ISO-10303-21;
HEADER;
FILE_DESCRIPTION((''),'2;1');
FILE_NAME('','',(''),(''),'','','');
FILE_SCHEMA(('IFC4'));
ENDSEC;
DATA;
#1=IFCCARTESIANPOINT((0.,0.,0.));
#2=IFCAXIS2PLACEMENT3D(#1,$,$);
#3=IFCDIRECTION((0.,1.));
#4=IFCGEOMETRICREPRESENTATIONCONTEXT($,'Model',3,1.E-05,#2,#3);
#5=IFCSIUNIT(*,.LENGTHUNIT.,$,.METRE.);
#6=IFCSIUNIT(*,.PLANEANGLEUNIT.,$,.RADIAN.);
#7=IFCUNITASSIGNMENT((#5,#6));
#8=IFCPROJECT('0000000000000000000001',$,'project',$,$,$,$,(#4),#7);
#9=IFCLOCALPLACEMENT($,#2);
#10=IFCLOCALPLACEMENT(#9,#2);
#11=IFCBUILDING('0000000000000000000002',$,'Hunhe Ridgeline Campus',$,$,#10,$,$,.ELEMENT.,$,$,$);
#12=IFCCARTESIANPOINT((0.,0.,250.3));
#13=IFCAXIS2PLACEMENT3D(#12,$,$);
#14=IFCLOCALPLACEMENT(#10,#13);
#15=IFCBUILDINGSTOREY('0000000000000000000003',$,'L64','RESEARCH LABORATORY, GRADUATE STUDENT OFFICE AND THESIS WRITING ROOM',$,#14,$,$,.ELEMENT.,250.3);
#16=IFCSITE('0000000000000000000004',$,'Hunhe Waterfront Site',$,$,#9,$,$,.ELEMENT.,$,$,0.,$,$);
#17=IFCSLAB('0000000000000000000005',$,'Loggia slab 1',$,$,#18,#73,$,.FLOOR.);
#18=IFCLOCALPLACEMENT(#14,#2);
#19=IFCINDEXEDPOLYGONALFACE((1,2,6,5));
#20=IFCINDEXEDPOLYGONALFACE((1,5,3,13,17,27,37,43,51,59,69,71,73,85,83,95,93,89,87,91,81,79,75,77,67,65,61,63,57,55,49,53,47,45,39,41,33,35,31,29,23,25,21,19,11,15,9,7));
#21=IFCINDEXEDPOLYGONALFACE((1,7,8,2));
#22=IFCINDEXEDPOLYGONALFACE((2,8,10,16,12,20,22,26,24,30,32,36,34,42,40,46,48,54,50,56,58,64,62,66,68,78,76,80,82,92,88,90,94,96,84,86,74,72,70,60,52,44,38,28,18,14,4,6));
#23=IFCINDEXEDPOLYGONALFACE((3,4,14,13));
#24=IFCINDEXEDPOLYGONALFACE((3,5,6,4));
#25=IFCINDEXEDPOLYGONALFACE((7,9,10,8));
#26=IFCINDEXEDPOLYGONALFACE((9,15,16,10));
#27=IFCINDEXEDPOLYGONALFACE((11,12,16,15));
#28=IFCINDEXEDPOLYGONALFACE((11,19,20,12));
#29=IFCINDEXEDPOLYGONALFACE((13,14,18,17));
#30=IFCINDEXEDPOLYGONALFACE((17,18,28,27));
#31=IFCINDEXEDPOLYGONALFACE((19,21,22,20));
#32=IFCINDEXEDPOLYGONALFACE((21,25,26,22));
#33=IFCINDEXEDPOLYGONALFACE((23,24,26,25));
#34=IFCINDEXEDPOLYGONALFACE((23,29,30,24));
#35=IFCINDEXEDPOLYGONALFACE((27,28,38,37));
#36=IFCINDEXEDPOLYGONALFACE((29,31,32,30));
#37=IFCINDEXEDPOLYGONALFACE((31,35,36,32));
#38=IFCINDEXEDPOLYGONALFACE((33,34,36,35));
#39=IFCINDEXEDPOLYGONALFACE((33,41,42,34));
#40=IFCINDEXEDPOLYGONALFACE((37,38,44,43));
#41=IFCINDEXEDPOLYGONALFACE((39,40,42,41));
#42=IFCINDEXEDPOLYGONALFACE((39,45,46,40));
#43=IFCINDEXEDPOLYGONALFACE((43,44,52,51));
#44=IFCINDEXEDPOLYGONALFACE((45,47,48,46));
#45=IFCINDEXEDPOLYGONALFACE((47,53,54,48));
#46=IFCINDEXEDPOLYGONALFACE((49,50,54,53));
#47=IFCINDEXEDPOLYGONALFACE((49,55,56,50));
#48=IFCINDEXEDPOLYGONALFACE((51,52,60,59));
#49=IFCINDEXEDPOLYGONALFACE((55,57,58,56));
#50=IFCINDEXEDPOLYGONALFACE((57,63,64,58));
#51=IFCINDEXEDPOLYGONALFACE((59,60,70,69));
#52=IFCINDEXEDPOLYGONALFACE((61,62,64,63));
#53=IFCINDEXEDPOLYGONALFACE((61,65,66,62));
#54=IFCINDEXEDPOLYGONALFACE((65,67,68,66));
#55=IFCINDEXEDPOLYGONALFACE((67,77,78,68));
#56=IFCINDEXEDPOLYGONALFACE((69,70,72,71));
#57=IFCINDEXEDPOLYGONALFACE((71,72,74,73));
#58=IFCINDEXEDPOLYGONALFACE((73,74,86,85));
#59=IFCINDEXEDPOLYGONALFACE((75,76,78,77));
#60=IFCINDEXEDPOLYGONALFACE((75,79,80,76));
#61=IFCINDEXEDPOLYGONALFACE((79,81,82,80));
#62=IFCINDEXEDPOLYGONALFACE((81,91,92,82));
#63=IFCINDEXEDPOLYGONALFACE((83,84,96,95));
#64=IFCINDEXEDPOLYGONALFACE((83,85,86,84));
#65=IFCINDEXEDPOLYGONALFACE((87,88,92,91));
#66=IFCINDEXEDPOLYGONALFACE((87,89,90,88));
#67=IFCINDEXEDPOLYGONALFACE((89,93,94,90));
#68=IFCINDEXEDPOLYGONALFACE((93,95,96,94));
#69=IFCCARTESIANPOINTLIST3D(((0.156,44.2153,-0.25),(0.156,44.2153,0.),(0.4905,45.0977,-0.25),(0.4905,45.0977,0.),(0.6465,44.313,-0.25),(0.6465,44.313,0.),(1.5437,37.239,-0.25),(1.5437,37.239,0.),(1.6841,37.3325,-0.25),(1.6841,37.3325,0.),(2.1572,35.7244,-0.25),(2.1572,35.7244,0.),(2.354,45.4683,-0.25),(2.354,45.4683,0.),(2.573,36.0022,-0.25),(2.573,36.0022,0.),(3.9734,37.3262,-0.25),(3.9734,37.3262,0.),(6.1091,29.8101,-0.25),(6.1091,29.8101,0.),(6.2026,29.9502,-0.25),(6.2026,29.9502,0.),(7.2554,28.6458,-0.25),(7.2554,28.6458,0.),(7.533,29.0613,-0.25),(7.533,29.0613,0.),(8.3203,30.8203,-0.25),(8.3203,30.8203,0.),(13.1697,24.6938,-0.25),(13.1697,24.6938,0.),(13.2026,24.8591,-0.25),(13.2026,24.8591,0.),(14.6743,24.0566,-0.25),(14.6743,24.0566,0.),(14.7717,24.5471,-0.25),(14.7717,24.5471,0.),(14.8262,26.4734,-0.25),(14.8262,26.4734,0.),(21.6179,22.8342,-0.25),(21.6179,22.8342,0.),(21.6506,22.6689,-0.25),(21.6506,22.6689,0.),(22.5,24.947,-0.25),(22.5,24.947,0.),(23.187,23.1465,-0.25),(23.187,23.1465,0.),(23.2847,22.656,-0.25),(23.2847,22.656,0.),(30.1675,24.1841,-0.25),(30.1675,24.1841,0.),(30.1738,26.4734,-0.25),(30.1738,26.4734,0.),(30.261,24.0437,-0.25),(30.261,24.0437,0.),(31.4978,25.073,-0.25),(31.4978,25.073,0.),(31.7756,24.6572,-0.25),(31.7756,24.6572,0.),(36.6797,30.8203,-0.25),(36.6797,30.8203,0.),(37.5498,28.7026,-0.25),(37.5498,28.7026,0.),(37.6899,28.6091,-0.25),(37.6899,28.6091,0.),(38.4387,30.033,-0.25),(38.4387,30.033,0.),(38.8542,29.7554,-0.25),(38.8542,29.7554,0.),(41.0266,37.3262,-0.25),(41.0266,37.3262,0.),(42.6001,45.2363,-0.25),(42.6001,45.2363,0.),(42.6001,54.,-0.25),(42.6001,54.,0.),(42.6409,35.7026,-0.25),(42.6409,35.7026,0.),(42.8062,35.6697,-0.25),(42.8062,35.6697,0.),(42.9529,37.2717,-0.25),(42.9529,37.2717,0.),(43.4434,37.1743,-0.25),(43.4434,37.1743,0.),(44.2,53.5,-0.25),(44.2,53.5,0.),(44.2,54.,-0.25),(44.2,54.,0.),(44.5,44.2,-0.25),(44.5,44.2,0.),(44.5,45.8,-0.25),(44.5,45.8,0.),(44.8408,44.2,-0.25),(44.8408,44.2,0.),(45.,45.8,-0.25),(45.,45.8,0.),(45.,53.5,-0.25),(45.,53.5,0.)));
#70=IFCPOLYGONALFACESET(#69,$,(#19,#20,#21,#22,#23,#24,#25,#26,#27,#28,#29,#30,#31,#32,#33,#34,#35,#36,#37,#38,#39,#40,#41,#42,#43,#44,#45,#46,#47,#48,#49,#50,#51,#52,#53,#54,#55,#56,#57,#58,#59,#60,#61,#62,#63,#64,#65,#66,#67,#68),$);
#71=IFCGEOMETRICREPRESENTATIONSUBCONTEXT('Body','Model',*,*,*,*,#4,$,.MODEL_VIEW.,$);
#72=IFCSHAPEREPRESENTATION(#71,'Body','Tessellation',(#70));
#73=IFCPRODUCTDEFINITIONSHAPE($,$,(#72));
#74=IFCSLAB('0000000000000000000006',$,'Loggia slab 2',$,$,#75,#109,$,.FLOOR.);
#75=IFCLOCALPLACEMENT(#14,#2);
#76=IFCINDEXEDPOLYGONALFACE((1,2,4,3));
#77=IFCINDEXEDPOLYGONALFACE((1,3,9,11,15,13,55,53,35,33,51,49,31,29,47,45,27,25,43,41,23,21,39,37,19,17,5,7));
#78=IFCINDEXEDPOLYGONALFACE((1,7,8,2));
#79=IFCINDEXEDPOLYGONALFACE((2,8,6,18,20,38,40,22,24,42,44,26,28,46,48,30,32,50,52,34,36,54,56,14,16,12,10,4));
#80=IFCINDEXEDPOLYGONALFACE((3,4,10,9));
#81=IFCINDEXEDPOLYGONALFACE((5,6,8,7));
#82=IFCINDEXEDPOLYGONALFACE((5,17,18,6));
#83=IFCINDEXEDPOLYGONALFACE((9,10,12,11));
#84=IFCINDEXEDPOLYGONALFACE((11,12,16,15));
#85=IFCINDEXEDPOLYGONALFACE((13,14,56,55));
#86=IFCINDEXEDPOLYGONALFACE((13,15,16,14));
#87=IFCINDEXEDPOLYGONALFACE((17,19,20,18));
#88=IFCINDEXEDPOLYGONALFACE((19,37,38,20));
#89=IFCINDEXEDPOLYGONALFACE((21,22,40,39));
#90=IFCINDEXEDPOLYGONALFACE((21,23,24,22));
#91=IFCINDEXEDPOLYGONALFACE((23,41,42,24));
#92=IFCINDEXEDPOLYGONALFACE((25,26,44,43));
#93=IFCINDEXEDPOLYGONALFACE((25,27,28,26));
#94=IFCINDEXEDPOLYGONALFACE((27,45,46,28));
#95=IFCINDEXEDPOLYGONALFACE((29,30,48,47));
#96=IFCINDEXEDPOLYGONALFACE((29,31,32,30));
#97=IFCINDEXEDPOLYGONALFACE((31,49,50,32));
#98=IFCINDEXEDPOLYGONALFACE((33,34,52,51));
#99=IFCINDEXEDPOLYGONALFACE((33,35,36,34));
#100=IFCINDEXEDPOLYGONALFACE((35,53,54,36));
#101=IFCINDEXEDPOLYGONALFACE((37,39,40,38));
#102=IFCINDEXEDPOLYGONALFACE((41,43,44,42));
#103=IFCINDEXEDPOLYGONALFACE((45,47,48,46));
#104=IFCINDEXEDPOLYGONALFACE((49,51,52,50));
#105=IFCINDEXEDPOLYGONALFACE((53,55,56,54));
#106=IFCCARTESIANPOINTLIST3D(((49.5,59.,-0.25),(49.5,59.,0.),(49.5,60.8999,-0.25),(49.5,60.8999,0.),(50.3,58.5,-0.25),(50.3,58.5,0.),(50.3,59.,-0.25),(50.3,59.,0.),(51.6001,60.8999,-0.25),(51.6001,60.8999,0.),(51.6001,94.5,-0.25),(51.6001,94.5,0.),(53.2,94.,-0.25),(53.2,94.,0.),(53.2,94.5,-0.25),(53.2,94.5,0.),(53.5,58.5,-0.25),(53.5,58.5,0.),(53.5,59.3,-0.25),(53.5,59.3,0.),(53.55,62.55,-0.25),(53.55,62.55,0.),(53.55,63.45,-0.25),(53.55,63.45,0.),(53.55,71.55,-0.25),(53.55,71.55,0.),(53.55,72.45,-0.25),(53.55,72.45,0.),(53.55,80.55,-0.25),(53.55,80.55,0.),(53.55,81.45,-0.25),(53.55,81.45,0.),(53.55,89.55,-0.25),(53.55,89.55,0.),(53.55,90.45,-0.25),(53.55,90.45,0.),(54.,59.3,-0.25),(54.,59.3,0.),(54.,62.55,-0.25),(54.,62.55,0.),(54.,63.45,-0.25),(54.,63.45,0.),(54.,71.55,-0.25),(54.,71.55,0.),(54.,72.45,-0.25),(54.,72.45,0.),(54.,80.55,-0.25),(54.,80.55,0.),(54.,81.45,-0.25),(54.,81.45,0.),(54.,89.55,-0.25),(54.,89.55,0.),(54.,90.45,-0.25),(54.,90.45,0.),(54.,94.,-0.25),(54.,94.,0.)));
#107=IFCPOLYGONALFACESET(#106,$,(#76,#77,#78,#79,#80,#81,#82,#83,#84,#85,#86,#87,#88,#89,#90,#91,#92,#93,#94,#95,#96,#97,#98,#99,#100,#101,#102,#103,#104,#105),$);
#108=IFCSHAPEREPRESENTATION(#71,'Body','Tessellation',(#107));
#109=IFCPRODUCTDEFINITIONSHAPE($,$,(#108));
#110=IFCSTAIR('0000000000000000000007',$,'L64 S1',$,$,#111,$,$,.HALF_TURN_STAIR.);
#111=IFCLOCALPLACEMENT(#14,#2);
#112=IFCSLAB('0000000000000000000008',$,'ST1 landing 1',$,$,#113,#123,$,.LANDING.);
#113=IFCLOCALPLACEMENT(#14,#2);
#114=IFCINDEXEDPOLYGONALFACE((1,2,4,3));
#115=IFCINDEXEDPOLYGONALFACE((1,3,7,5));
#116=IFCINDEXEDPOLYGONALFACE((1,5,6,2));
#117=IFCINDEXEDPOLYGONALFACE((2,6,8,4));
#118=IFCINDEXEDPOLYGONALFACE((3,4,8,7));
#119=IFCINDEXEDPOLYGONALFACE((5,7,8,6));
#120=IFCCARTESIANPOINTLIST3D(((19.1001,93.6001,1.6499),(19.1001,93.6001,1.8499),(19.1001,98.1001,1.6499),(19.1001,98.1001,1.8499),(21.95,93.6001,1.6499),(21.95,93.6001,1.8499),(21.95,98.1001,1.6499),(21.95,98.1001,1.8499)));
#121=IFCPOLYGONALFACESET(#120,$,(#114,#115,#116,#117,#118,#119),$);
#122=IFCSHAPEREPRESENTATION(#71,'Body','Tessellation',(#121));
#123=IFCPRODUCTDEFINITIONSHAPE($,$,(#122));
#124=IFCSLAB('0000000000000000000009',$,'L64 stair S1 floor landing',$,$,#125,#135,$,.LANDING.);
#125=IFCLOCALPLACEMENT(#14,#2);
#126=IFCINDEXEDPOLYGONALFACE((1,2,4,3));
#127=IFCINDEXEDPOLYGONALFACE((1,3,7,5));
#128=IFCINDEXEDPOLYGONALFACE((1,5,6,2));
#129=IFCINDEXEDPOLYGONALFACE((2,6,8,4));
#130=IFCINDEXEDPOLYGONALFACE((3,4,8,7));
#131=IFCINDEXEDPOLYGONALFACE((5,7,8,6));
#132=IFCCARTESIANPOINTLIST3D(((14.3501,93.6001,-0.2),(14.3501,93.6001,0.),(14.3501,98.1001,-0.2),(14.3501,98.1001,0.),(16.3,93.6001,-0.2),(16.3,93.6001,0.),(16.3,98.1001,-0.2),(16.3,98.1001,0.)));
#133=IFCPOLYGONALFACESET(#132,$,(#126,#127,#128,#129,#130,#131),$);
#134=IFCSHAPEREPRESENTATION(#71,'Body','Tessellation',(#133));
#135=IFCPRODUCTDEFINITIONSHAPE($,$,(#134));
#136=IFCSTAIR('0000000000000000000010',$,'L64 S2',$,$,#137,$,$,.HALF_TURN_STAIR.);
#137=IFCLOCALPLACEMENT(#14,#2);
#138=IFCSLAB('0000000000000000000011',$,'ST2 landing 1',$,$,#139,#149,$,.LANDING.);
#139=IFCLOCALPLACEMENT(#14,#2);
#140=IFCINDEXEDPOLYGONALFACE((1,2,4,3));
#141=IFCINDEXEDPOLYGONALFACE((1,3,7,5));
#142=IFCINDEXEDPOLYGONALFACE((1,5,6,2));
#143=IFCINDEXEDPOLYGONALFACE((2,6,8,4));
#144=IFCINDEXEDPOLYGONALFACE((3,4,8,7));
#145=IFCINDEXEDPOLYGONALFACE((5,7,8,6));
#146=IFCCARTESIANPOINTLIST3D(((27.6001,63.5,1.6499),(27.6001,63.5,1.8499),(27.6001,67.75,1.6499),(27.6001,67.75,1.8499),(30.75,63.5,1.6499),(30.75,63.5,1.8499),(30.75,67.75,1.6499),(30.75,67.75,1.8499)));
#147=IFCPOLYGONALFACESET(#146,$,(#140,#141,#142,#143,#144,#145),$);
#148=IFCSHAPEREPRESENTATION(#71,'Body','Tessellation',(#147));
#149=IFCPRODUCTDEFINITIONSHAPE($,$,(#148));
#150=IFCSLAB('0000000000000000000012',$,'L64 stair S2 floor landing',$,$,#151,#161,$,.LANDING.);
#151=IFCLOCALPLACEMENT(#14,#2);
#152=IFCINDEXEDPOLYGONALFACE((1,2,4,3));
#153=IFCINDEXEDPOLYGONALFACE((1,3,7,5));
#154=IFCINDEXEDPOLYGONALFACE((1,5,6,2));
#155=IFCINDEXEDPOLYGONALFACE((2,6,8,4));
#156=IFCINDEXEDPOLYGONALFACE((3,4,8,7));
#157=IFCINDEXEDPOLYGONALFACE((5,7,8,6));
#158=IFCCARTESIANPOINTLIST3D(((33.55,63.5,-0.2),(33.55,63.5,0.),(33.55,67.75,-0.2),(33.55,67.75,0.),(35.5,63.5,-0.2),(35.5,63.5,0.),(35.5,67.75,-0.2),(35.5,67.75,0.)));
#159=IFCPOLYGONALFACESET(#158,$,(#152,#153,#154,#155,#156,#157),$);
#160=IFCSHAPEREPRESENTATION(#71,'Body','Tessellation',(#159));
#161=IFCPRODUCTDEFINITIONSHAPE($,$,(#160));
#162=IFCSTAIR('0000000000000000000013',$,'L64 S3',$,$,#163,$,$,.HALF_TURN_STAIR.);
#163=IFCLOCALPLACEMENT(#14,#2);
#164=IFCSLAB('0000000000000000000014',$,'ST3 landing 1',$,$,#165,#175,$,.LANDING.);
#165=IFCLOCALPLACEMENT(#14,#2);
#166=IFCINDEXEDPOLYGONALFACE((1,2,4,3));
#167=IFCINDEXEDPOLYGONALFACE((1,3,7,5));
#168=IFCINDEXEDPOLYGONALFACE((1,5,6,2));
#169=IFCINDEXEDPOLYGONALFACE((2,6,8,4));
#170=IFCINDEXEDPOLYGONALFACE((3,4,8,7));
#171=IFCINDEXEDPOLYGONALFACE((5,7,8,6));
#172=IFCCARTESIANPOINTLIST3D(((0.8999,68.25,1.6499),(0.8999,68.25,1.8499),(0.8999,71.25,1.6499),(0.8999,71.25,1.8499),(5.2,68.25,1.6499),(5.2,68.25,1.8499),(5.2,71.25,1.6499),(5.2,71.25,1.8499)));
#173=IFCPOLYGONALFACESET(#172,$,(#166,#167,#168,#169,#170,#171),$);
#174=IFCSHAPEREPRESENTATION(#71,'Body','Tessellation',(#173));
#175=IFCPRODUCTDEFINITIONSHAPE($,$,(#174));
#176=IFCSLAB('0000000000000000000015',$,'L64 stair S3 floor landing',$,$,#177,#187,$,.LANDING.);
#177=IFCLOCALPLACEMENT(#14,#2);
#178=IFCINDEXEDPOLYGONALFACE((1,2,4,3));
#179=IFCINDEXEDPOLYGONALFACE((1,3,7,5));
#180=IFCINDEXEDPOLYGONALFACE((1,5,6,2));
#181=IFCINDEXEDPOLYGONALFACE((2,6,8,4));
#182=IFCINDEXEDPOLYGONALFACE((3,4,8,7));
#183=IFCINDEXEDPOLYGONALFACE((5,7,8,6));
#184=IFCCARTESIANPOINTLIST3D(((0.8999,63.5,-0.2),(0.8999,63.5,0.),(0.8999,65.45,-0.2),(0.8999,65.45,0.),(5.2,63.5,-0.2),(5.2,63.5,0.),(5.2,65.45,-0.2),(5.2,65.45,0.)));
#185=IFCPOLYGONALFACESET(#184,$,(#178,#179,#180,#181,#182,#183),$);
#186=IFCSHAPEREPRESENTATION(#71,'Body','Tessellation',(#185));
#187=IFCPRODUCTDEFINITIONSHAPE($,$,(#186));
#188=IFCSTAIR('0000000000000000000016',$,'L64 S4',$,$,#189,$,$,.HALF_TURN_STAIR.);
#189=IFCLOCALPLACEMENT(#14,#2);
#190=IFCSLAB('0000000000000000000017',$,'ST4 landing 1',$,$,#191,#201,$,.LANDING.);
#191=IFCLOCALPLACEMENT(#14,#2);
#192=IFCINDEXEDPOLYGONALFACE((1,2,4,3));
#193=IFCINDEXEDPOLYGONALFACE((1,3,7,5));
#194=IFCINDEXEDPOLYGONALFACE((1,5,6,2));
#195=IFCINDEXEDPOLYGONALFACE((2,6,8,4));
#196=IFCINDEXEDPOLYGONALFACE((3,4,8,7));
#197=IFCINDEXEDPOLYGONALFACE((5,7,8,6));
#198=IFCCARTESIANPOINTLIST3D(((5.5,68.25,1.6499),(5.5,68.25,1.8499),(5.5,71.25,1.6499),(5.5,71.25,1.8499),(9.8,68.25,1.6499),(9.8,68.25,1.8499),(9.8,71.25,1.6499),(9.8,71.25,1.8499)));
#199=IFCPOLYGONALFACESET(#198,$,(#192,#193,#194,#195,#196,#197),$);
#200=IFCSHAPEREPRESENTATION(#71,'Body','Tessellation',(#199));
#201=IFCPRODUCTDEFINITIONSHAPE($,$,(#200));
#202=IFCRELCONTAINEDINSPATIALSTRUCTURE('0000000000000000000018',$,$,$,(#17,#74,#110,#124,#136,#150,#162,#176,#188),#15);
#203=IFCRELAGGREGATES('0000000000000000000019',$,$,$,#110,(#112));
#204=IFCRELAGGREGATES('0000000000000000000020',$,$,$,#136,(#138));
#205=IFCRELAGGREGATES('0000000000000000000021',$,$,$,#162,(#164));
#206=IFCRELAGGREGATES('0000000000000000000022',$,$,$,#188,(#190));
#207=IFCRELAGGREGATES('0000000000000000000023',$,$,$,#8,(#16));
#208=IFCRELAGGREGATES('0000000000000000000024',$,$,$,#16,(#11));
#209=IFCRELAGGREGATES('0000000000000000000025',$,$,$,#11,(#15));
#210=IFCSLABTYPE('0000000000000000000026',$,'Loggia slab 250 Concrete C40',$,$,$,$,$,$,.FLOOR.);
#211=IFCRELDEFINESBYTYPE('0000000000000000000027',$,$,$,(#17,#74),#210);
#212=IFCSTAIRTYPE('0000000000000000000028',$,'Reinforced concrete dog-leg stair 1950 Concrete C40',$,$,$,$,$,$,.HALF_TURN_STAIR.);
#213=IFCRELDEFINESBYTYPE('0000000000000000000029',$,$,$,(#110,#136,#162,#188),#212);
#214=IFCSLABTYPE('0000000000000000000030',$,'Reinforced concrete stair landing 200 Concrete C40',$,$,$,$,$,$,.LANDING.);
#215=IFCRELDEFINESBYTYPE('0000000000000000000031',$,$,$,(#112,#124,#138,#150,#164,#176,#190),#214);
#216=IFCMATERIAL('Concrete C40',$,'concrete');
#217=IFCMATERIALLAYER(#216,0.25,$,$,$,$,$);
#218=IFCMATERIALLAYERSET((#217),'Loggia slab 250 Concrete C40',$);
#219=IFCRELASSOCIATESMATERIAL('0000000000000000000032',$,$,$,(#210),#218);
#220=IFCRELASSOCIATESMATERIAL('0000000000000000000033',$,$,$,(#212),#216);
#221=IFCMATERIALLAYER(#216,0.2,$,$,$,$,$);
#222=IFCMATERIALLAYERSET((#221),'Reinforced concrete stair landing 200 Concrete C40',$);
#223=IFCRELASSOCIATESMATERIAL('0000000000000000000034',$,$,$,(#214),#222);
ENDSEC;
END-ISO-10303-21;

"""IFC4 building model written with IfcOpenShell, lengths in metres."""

from ifc_helpers import new_model, si_unit, direction, frame, origin, place, context, subcontext, project, spatial, polyline, outline, extrude, material, layer, layer_set, type_object, element, aggregate, save


model = new_model("IFC4")

# Units and contexts
model_context = context("Model", 3, precision=1e-05, world=origin(), true_north=direction((0.0, 1.0)))
body_context = subcontext(model_context, "Body", "Model", "MODEL_VIEW")
ifc_project = project(units=[si_unit("LENGTHUNIT", "METRE"), si_unit("PLANEANGLEUNIT", "RADIAN")], contexts=[model_context])

# Site, building, storey
site_placement = place(None, origin())
site = spatial("IfcSite", under=ifc_project, at=site_placement, Name="Hunhe Waterfront Site", CompositionType="ELEMENT", RefElevation=0.0)
building_placement = place(site_placement, origin())
building = spatial("IfcBuilding", under=site, at=building_placement, Name="Hunhe Ridgeline Campus", CompositionType="ELEMENT")
storey_placement = place(building_placement, frame((0.0, 0.0, 250.3)))
storey = spatial("IfcBuildingStorey", under=building, at=storey_placement, Name="L64", Description="RESEARCH LABORATORY, GRADUATE STUDENT OFFICE AND THESIS WRITING ROOM", CompositionType="ELEMENT", Elevation=250.3)

# Slabs
ifc_material_1 = material(Name="Concrete C40", Category="concrete")
ifc_layer_1 = layer(ifc_material_1, 0.25)
ifc_layer_set_1 = layer_set([ifc_layer_1], Name="Loggia slab 250 Concrete C40")
slab_type_1 = type_object("IfcSlabType", Name="Loggia slab 250 Concrete C40", PredefinedType="FLOOR", material=ifc_layer_set_1)
slab_1_placement = place(storey_placement, frame((0.0, 0.0, -0.25)))
element("IfcSlab", 1, at=slab_1_placement, inside=storey, type_object=slab_type_1, Name="Loggia slab 1", PredefinedType="FLOOR", context=body_context, shape_type="SweptSolid", body=[
    extrude(outline(polyline([(30.1738, 26.4734), (22.5, 24.947), (14.8262, 26.4734), (8.3203, 30.8203), (3.9734, 37.3262), (2.354, 45.4683), (0.4905, 45.0977), (0.6465, 44.313), (0.156, 44.2153), (1.5437, 37.239), (1.6841, 37.3325), (2.573, 36.0022), (2.1572, 35.7244), (6.1091, 29.8101), (6.2026, 29.9502), (7.533, 29.0613), (7.2554, 28.6458), (13.1697, 24.6938), (13.2026, 24.8591), (14.7717, 24.5471), (14.6743, 24.0566), (21.6506, 22.6689), (21.6179, 22.8342), (23.187, 23.1465), (23.2847, 22.656), (30.261, 24.0437), (30.1675, 24.1841), (31.4978, 25.073), (31.7756, 24.6572), (37.6899, 28.6091), (37.5498, 28.7026), (38.4387, 30.033), (38.8542, 29.7554), (42.8062, 35.6697), (42.6409, 35.7026), (42.9529, 37.2717), (43.4434, 37.1743), (44.8408, 44.2), (44.5, 44.2), (44.5, 45.8), (45.0, 45.8), (45.0, 53.5), (44.2, 53.5), (44.2, 54.0), (42.6001, 54.0), (42.6001, 45.2363), (41.0266, 37.3262), (36.6797, 30.8203), (30.1738, 26.4734)])), origin(), (0.0, 0.0, 1.0), 0.25),
])
slab_2_placement = place(storey_placement, frame((0.0, 0.0, -0.25)))
element("IfcSlab", 2, at=slab_2_placement, inside=storey, type_object=slab_type_1, Name="Loggia slab 2", PredefinedType="FLOOR", context=body_context, shape_type="SweptSolid", body=[
    extrude(outline(polyline([(49.5, 59.0), (50.3, 59.0), (50.3, 58.5), (53.5, 58.5), (53.5, 59.3), (54.0, 59.3), (54.0, 62.55), (53.55, 62.55), (53.55, 63.45), (54.0, 63.45), (54.0, 71.55), (53.55, 71.55), (53.55, 72.45), (54.0, 72.45), (54.0, 80.55), (53.55, 80.55), (53.55, 81.45), (54.0, 81.45), (54.0, 89.55), (53.55, 89.55), (53.55, 90.45), (54.0, 90.45), (54.0, 94.0), (53.2, 94.0), (53.2, 94.5), (51.6001, 94.5), (51.6001, 60.8999), (49.5, 60.8999), (49.5, 59.0)])), origin(), (0.0, 0.0, 1.0), 0.25),
])

# Stair, slab
stair_type = type_object("IfcStairType", Name="Reinforced concrete dog-leg stair 1950 Concrete C40", PredefinedType="HALF_TURN_STAIR", material=ifc_material_1)
stair_1_placement = place(storey_placement, origin())
stair_1 = element("IfcStair", 3, at=stair_1_placement, inside=storey, type_object=stair_type, Name="L64 S1", PredefinedType="HALF_TURN_STAIR")
ifc_layer_2 = layer(ifc_material_1, 0.2)
ifc_layer_set_2 = layer_set([ifc_layer_2], Name="Reinforced concrete stair landing 200 Concrete C40")
slab_type_2 = type_object("IfcSlabType", Name="Reinforced concrete stair landing 200 Concrete C40", PredefinedType="LANDING", material=ifc_layer_set_2)
slab_3_placement = place(storey_placement, frame((0.0, 0.0, 1.6499)))
slab_3 = element("IfcSlab", 4, at=slab_3_placement, type_object=slab_type_2, Name="ST1 landing 1", PredefinedType="LANDING", context=body_context, shape_type="SweptSolid", body=[
    extrude(outline(polyline([(19.1001, 93.6001), (21.95, 93.6001), (21.95, 98.1001), (19.1001, 98.1001), (19.1001, 93.6001)])), origin(), (0.0, 0.0, 1.0), 0.2),
])
aggregate(stair_1, [slab_3])

# Slab
slab_4_placement = place(storey_placement, frame((0.0, 0.0, -0.2)))
element("IfcSlab", 5, at=slab_4_placement, inside=storey, type_object=slab_type_2, Name="L64 stair S1 floor landing", PredefinedType="LANDING", context=body_context, shape_type="SweptSolid", body=[
    extrude(outline(polyline([(14.3501, 93.6001), (16.3, 93.6001), (16.3, 98.1001), (14.3501, 98.1001), (14.3501, 93.6001)])), origin(), (0.0, 0.0, 1.0), 0.2),
])

# Stair, slab
stair_2_placement = place(storey_placement, origin())
stair_2 = element("IfcStair", 6, at=stair_2_placement, inside=storey, type_object=stair_type, Name="L64 S2", PredefinedType="HALF_TURN_STAIR")
slab_5_placement = place(storey_placement, frame((0.0, 0.0, 1.6499)))
slab_5 = element("IfcSlab", 7, at=slab_5_placement, type_object=slab_type_2, Name="ST2 landing 1", PredefinedType="LANDING", context=body_context, shape_type="SweptSolid", body=[
    extrude(outline(polyline([(30.75, 67.75), (27.6001, 67.75), (27.6001, 63.5), (30.75, 63.5), (30.75, 67.75)])), origin(), (0.0, 0.0, 1.0), 0.2),
])
aggregate(stair_2, [slab_5])

# Slab
slab_6_placement = place(storey_placement, frame((0.0, 0.0, -0.2)))
element("IfcSlab", 8, at=slab_6_placement, inside=storey, type_object=slab_type_2, Name="L64 stair S2 floor landing", PredefinedType="LANDING", context=body_context, shape_type="SweptSolid", body=[
    extrude(outline(polyline([(35.5, 67.75), (33.55, 67.75), (33.55, 63.5), (35.5, 63.5), (35.5, 67.75)])), origin(), (0.0, 0.0, 1.0), 0.2),
])

# Stair, slab
stair_3_placement = place(storey_placement, origin())
stair_3 = element("IfcStair", 9, at=stair_3_placement, inside=storey, type_object=stair_type, Name="L64 S3", PredefinedType="HALF_TURN_STAIR")
slab_7_placement = place(storey_placement, frame((0.0, 0.0, 1.6499)))
slab_7 = element("IfcSlab", 10, at=slab_7_placement, type_object=slab_type_2, Name="ST3 landing 1", PredefinedType="LANDING", context=body_context, shape_type="SweptSolid", body=[
    extrude(outline(polyline([(5.2, 68.25), (5.2, 71.25), (0.8999, 71.25), (0.8999, 68.25), (5.2, 68.25)])), origin(), (0.0, 0.0, 1.0), 0.2),
])
aggregate(stair_3, [slab_7])

# Slab
slab_8_placement = place(storey_placement, frame((0.0, 0.0, -0.2)))
element("IfcSlab", 11, at=slab_8_placement, inside=storey, type_object=slab_type_2, Name="L64 stair S3 floor landing", PredefinedType="LANDING", context=body_context, shape_type="SweptSolid", body=[
    extrude(outline(polyline([(5.2, 63.5), (5.2, 65.45), (0.8999, 65.45), (0.8999, 63.5), (5.2, 63.5)])), origin(), (0.0, 0.0, 1.0), 0.2),
])

# Stair, slab
stair_4_placement = place(storey_placement, origin())
stair_4 = element("IfcStair", 12, at=stair_4_placement, inside=storey, type_object=stair_type, Name="L64 S4", PredefinedType="HALF_TURN_STAIR")
slab_9_placement = place(storey_placement, frame((0.0, 0.0, 1.6499)))
slab_9 = element("IfcSlab", 13, at=slab_9_placement, type_object=slab_type_2, Name="ST4 landing 1", PredefinedType="LANDING", context=body_context, shape_type="SweptSolid", body=[
    extrude(outline(polyline([(9.8, 68.25), (9.8, 71.25), (5.5, 71.25), (5.5, 68.25), (9.8, 68.25)])), origin(), (0.0, 0.0, 1.0), 0.2),
])
aggregate(stair_4, [slab_9])

save(model, "model.ifc")
